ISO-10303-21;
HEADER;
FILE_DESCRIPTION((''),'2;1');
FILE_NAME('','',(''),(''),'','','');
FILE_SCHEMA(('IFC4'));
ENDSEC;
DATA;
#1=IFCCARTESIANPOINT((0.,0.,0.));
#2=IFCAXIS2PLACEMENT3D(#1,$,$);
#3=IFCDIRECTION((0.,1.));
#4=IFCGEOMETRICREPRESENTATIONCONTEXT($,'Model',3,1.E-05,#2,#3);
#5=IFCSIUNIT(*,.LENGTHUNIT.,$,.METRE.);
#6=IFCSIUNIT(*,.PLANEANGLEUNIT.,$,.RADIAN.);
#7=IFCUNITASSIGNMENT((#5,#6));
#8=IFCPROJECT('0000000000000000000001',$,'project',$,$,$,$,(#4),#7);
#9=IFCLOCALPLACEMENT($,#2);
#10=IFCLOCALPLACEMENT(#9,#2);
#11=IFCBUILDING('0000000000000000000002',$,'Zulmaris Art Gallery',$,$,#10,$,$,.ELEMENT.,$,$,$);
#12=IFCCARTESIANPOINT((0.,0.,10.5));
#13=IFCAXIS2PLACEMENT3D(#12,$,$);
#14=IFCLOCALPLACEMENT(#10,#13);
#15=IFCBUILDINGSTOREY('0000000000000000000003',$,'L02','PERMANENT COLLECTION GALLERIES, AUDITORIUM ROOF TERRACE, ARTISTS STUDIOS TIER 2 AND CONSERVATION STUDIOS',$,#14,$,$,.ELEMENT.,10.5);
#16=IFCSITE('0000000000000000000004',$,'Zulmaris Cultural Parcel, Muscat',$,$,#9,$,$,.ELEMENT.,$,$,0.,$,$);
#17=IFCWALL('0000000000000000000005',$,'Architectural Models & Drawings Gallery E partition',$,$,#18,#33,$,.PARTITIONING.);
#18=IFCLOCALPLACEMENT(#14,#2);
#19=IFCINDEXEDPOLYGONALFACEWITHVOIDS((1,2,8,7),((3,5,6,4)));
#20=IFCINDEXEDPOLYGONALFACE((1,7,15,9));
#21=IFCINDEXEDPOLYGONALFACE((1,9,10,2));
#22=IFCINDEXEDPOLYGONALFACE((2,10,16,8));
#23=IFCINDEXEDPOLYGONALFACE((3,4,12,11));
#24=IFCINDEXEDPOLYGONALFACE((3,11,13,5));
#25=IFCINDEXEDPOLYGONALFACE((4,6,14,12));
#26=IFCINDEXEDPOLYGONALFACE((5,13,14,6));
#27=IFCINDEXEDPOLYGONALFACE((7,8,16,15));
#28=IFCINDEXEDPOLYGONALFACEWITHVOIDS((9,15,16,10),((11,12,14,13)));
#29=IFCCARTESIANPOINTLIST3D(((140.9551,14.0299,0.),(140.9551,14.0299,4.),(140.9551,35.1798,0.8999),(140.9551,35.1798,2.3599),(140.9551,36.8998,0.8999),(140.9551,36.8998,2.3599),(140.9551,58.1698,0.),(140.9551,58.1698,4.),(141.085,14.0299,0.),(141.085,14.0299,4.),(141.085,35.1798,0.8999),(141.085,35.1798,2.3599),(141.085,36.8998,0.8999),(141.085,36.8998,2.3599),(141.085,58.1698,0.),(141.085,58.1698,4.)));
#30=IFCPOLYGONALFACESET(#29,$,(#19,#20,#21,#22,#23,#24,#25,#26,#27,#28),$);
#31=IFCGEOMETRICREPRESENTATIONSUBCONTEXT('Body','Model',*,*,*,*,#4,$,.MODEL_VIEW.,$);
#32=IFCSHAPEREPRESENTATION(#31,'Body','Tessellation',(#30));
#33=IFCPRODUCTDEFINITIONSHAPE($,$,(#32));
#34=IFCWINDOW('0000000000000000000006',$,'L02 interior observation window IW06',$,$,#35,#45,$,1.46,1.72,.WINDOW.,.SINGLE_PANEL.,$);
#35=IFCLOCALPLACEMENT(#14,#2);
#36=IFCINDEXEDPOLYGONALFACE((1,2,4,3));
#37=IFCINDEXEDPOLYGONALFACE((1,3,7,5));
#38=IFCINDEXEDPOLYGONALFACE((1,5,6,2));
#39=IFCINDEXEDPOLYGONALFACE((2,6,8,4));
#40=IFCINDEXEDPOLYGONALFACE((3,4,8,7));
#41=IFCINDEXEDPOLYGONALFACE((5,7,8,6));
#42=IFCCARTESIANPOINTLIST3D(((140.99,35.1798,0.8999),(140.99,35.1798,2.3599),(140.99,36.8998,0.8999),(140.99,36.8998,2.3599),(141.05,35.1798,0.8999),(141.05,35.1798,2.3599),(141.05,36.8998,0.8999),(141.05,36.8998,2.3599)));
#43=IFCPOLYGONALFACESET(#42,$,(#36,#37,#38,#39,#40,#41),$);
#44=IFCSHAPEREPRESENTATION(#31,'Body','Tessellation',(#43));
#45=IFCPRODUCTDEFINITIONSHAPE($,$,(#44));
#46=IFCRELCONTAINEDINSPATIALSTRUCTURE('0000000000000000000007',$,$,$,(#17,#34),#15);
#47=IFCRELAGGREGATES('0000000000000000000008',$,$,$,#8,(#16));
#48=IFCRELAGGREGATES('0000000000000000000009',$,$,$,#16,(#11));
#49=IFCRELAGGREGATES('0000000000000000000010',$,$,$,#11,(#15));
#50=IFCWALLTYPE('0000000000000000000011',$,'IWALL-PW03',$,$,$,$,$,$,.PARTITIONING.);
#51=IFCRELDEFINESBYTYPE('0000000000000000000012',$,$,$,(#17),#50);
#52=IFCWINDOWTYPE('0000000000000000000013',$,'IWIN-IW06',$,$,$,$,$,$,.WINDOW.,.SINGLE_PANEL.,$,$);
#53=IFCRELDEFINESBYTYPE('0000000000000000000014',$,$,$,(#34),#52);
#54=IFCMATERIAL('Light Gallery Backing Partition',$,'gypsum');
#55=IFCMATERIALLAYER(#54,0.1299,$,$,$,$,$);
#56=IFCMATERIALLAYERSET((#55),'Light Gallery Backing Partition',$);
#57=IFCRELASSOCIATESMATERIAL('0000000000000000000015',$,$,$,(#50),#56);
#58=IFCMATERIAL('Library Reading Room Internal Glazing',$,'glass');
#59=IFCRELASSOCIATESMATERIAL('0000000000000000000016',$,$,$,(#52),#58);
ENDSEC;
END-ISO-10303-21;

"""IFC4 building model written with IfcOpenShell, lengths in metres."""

from ifc_helpers import new_model, si_unit, direction, frame, frame_2d, origin, place, context, subcontext, project, spatial, rectangle, extrude, material, layer, layer_set, type_object, element, fill, save


model = new_model("IFC4")

# Units and contexts
model_context = context("Model", 3, precision=1e-05, world=origin(), true_north=direction((0.0, 1.0)))
body_context = subcontext(model_context, "Body", "Model", "MODEL_VIEW")
ifc_project = project(units=[si_unit("LENGTHUNIT", "METRE"), si_unit("PLANEANGLEUNIT", "RADIAN")], contexts=[model_context])

# Site, building, storey
site_placement = place(None, origin())
site = spatial("IfcSite", under=ifc_project, at=site_placement, Name="Zulmaris Cultural Parcel, Muscat", CompositionType="ELEMENT", RefElevation=0.0)
building_placement = place(site_placement, origin())
building = spatial("IfcBuilding", under=site, at=building_placement, Name="Zulmaris Art Gallery", CompositionType="ELEMENT")
storey_placement = place(building_placement, frame((0.0, 0.0, 10.5)))
storey = spatial("IfcBuildingStorey", under=building, at=storey_placement, Name="L02", Description="PERMANENT COLLECTION GALLERIES, AUDITORIUM ROOF TERRACE, ARTISTS STUDIOS TIER 2 AND CONSERVATION STUDIOS", CompositionType="ELEMENT", Elevation=10.5)

# Shared definitions
ifc_material_1 = material(Name="Light Gallery Backing Partition", Category="gypsum")
ifc_layer_1 = layer(ifc_material_1, 0.1299)
ifc_layer_set_1 = layer_set([ifc_layer_1], Name="Light Gallery Backing Partition")
wall_type_1 = type_object("IfcWallType", Name="IWALL-PW03", PredefinedType="PARTITIONING", material=ifc_layer_set_1)

# Wall, opening, window
wall_1_placement = place(storey_placement, frame((141.02, 14.03, 0.0), z_axis=(0.0, 0.0, 1.0), x_axis=(0.0, 1.0, 0.0)))
wall_1 = element("IfcWall", 1, at=wall_1_placement, inside=storey, type_object=wall_type_1, Name="Architectural Models & Drawings Gallery E partition", PredefinedType="PARTITIONING", context=body_context, shape_type="SweptSolid", body=[
    extrude(rectangle(XDim=44.1399, YDim=0.1299, at=frame_2d((22.0698, 0.0))), origin(), (0.0, 0.0, 1.0), 4.0),
])
opening_1_placement = place(wall_1_placement, frame((21.1499, 0.0, 0.8999)))
opening_1 = element("IfcOpeningElement", 2, at=opening_1_placement, cuts=wall_1, PredefinedType="OPENING", context=body_context, shape_type="SweptSolid", body=[
    extrude(rectangle(XDim=1.72, YDim=1.46, at=frame_2d((0.8599, 0.73))), frame((0.0, 0.075, 0.0), z_axis=(0.0, -1.0, 0.0), x_axis=(1.0, 0.0, 0.0)), (0.0, 0.0, 1.0), 0.1499),
])
ifc_material_2 = material(Name="Library Reading Room Internal Glazing", Category="glass")
window_type_1 = type_object("IfcWindowType", Name="IWIN-IW06", PartitioningType="SINGLE_PANEL", PredefinedType="WINDOW", material=ifc_material_2)
window_1_placement = place(opening_1_placement, origin())
window_1 = element("IfcWindow", 3, at=window_1_placement, inside=storey, type_object=window_type_1, Name="L02 interior observation window IW06", OverallHeight=1.46, OverallWidth=1.72, PartitioningType="SINGLE_PANEL", PredefinedType="WINDOW", context=body_context, shape_type="SweptSolid", body=[
    extrude(rectangle(XDim=1.72, YDim=1.46, at=frame_2d((0.8599, 0.73))), frame((0.0, 0.03, 0.0), z_axis=(0.0, -1.0, 0.0), x_axis=(1.0, 0.0, 0.0)), (0.0, 0.0, 1.0), 0.0601),
])
fill(opening_1, window_1)

save(model, "model.ifc")
